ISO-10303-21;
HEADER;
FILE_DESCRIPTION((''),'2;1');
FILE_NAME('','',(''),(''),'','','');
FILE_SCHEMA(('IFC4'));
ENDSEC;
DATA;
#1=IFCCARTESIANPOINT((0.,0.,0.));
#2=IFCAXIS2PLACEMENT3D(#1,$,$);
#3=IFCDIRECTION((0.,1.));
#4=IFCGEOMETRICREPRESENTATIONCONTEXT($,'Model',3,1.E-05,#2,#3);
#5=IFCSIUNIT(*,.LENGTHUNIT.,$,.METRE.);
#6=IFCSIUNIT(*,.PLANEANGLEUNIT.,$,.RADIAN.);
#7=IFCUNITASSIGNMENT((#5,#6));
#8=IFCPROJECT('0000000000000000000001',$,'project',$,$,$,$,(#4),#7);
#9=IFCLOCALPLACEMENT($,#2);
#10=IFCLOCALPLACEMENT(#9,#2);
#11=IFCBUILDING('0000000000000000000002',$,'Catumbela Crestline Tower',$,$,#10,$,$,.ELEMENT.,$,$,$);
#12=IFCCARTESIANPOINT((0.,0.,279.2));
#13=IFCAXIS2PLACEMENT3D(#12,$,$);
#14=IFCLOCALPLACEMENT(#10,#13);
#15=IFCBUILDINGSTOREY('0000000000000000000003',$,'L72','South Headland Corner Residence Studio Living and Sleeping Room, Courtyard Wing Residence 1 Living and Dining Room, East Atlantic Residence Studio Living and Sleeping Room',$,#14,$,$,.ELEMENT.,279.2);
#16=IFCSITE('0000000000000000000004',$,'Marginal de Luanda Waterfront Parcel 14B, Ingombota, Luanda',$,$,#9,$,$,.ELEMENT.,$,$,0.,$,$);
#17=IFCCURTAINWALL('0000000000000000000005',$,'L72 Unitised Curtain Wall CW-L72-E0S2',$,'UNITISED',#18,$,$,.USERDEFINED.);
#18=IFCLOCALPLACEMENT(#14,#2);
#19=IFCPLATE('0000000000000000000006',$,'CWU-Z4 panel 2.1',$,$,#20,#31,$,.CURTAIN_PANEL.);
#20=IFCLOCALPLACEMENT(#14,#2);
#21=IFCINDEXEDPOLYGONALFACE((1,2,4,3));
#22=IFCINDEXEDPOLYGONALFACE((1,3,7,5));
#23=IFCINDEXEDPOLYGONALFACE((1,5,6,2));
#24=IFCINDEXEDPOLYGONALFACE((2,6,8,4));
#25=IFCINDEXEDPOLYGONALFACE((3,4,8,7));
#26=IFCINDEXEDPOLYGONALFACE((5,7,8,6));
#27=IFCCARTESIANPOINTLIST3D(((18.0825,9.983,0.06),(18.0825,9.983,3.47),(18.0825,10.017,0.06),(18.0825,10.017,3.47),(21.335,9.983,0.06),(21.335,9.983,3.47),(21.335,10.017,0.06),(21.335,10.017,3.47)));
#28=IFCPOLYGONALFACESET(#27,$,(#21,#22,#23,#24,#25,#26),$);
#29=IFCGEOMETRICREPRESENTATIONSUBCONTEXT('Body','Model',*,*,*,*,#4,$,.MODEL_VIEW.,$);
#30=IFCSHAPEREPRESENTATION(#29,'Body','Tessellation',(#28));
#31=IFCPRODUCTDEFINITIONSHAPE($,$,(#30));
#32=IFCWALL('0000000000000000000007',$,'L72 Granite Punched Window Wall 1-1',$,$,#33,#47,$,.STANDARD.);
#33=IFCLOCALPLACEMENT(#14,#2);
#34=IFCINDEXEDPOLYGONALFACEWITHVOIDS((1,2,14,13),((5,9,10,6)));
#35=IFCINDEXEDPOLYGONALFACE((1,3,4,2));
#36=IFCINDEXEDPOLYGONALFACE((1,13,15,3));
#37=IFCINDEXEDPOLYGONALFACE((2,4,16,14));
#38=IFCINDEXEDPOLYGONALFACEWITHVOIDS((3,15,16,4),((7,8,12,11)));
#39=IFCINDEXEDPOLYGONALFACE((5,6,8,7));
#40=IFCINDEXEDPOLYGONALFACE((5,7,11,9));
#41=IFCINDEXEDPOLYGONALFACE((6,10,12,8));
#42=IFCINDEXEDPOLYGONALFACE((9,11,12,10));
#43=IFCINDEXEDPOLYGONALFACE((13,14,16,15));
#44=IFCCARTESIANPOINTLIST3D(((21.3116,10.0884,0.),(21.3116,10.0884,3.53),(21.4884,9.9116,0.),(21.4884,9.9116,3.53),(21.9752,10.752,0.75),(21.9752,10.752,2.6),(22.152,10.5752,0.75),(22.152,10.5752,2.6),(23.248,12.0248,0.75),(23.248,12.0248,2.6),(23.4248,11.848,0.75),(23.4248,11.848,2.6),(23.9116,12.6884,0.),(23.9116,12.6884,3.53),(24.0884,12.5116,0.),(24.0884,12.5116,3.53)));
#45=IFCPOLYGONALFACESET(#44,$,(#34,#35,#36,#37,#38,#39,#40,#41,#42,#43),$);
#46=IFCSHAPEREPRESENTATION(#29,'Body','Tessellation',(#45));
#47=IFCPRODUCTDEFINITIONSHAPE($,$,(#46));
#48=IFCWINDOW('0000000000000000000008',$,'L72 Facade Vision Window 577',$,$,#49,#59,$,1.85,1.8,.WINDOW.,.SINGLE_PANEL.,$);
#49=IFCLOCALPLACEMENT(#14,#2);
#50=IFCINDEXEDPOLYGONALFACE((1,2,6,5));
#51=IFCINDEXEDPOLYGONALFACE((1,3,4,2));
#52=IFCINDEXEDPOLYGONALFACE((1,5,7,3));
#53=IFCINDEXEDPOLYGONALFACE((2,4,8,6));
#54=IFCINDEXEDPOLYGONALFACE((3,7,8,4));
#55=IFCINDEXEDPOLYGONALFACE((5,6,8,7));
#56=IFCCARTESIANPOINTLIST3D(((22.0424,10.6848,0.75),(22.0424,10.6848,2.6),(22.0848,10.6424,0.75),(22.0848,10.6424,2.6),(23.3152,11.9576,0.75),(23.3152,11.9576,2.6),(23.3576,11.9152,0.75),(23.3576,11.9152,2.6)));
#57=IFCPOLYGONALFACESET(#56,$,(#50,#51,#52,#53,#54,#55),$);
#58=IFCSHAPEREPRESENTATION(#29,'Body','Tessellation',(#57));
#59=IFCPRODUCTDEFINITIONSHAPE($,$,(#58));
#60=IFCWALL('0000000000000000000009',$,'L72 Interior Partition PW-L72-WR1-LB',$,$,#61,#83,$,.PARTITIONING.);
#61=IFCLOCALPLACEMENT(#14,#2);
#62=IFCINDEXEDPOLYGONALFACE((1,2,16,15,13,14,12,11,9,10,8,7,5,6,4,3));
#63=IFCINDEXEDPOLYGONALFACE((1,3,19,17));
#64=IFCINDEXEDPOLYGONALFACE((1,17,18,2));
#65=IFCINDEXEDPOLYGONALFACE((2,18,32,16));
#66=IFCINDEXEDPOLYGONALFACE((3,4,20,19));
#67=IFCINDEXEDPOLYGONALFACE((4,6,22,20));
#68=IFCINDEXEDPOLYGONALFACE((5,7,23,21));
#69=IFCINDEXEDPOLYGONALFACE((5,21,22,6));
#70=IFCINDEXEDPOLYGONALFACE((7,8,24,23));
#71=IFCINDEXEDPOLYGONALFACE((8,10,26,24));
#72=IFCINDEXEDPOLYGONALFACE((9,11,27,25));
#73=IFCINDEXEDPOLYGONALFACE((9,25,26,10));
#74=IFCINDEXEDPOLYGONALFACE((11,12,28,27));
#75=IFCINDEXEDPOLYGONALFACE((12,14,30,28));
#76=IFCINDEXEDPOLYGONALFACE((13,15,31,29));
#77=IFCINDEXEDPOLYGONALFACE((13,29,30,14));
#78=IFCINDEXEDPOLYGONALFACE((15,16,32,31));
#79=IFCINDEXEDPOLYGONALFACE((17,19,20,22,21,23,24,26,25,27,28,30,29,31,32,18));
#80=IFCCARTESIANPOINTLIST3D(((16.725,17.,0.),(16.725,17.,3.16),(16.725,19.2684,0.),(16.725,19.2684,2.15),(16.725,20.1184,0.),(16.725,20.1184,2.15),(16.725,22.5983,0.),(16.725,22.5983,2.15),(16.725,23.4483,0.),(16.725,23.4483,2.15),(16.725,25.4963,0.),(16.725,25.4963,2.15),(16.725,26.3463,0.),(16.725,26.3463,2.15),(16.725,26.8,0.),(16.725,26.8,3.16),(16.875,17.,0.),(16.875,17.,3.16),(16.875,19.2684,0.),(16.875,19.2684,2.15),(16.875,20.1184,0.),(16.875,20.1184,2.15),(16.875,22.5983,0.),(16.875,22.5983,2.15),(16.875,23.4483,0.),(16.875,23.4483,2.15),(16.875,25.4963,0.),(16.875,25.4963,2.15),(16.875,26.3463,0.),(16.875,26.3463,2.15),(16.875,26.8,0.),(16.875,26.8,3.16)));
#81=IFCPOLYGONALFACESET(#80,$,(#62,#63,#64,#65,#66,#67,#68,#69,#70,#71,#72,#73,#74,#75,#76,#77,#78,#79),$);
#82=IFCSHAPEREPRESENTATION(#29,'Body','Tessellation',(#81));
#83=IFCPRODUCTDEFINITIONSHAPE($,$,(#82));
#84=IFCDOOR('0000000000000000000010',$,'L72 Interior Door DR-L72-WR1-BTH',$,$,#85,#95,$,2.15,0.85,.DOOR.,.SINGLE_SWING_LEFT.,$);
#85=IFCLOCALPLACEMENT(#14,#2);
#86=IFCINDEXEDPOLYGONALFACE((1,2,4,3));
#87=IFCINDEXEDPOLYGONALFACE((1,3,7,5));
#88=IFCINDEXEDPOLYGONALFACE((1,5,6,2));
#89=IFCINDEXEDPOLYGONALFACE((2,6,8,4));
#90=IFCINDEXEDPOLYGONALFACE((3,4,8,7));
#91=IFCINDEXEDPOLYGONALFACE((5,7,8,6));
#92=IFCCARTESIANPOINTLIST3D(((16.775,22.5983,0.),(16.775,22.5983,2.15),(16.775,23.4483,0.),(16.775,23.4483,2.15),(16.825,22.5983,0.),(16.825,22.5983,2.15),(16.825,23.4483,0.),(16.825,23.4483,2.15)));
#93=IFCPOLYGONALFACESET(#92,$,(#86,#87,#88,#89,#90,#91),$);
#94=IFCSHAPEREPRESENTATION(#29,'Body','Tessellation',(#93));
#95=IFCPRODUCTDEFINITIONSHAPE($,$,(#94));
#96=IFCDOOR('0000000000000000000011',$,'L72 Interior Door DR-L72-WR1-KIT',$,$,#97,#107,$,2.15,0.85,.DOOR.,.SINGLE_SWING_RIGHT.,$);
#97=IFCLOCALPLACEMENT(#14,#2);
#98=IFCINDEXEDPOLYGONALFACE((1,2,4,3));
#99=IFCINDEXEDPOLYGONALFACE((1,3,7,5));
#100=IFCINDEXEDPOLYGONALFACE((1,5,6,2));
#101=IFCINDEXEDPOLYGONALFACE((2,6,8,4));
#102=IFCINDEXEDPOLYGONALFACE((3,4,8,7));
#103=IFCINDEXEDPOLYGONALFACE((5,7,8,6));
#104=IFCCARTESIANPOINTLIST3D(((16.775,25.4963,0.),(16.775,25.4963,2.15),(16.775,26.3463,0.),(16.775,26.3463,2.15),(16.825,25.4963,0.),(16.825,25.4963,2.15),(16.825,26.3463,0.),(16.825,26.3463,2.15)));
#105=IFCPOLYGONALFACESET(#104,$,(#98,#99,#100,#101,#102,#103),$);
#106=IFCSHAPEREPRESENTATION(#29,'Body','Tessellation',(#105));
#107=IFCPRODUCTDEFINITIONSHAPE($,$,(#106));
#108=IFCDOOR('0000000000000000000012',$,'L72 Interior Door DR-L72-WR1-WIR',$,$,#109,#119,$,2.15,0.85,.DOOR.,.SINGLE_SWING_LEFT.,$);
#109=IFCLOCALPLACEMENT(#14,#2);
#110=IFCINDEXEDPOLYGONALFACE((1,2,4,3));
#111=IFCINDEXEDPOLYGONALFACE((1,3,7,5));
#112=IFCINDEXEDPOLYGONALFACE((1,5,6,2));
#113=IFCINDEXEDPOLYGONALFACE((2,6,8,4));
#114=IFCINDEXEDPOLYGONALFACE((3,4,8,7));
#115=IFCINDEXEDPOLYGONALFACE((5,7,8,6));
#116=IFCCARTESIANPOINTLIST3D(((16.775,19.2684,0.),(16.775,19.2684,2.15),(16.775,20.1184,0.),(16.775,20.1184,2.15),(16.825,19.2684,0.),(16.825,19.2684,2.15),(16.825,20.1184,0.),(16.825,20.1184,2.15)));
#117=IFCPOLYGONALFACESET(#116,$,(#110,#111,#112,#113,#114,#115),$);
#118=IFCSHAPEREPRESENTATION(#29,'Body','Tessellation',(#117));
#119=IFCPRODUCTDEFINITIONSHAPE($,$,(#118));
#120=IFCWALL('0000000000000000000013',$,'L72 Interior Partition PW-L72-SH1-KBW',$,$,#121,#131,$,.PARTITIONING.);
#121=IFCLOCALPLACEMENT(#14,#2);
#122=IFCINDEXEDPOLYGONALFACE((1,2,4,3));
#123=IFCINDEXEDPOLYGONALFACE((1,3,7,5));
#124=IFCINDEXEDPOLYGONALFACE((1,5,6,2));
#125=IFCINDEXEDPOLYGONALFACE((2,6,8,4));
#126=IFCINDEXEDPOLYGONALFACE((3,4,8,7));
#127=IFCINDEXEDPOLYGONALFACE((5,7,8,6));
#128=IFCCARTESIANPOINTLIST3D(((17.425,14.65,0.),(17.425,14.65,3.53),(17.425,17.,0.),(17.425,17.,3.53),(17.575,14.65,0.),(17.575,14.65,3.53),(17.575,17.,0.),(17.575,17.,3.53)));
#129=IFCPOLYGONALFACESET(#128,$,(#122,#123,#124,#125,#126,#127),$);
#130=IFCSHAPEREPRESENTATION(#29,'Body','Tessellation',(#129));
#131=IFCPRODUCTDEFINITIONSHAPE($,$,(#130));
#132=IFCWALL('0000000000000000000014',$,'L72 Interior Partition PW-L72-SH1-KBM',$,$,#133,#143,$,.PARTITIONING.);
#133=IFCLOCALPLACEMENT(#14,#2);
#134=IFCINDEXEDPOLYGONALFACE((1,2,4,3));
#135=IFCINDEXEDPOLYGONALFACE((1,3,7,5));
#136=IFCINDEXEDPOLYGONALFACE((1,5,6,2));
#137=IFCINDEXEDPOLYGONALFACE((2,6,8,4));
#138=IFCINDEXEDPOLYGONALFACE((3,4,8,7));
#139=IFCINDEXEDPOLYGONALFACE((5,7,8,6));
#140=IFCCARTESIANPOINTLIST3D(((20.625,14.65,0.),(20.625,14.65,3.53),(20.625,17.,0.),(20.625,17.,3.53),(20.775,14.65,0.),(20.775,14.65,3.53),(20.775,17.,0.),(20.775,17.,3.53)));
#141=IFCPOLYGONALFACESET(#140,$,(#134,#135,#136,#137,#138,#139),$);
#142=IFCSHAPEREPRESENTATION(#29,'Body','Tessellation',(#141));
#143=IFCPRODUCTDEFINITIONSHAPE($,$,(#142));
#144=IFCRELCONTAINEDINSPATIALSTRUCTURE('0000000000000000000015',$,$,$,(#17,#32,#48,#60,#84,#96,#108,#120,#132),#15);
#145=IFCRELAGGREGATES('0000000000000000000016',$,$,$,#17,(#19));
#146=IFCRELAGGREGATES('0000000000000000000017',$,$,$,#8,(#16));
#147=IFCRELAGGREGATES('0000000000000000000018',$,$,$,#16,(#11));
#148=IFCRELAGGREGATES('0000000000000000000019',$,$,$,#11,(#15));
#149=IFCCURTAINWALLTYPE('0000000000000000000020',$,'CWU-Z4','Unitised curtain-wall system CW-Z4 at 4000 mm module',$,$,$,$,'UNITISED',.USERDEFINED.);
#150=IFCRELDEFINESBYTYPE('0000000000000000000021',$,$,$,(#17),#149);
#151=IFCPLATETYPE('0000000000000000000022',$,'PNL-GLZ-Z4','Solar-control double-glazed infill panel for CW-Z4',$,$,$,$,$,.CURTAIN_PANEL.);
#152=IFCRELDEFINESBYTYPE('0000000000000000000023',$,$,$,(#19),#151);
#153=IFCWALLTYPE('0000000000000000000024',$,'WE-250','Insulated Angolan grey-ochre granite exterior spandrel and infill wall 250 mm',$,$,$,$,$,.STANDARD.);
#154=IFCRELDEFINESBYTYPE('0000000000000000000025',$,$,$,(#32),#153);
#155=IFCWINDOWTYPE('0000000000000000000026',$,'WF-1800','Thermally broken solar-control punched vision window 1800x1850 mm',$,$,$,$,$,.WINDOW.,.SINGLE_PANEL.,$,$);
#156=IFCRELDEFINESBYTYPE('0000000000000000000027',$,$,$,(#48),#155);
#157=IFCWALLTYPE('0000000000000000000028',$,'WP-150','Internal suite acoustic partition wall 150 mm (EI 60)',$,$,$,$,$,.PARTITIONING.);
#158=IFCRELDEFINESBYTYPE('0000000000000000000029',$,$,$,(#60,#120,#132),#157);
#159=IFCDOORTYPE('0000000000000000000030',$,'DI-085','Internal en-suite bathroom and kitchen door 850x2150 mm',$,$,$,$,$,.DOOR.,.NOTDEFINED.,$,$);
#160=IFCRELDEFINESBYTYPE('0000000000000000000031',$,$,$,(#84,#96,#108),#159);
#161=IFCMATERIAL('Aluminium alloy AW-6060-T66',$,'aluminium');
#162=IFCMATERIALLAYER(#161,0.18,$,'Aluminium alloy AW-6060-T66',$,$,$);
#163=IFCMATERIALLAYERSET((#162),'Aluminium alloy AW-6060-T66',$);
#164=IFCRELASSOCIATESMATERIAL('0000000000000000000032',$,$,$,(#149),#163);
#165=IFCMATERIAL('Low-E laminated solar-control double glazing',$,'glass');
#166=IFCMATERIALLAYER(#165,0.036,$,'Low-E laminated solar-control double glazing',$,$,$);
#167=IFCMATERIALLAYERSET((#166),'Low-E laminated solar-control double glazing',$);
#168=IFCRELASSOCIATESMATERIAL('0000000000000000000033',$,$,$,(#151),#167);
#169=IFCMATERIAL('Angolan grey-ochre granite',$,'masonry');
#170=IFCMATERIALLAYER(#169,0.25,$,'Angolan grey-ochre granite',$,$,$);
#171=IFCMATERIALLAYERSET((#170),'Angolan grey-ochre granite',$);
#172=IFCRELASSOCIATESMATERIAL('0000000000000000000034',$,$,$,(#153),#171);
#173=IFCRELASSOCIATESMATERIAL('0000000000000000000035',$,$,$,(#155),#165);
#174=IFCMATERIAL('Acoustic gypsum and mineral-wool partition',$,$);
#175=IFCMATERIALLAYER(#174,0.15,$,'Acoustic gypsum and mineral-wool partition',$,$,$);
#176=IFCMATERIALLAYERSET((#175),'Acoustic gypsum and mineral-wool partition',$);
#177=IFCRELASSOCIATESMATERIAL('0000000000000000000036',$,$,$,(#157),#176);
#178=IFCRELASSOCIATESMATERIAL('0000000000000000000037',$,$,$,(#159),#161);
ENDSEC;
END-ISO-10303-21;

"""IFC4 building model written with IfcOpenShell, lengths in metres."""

from ifc_helpers import new_model, si_unit, direction, frame, frame_2d, origin, origin_2d, place, context, subcontext, project, spatial, rectangle, extrude, material, layer, layer_set, type_object, element, fill, aggregate, save


model = new_model("IFC4")

# Units and contexts
model_context = context("Model", 3, precision=1e-05, world=origin(), true_north=direction((0.0, 1.0)))
body_context = subcontext(model_context, "Body", "Model", "MODEL_VIEW")
ifc_project = project(units=[si_unit("LENGTHUNIT", "METRE"), si_unit("PLANEANGLEUNIT", "RADIAN")], contexts=[model_context])

# Site, building, storey
site_placement = place(None, origin())
site = spatial("IfcSite", under=ifc_project, at=site_placement, Name="Marginal de Luanda Waterfront Parcel 14B, Ingombota, Luanda", CompositionType="ELEMENT", RefElevation=0.0)
building_placement = place(site_placement, origin())
building = spatial("IfcBuilding", under=site, at=building_placement, Name="Catumbela Crestline Tower", CompositionType="ELEMENT")
storey_placement = place(building_placement, frame((0.0, 0.0, 279.2)))
storey = spatial("IfcBuildingStorey", under=building, at=storey_placement, Name="L72", Description="South Headland Corner Residence Studio Living and Sleeping Room, Courtyard Wing Residence 1 Living and Dining Room, East Atlantic Residence Studio Living and Sleeping Room", CompositionType="ELEMENT", Elevation=279.2)

# Curtain wall, plate
ifc_material_1 = material(Name="Aluminium alloy AW-6060-T66", Category="aluminium")
ifc_layer_1 = layer(ifc_material_1, 0.18, Name="Aluminium alloy AW-6060-T66")
ifc_layer_set_1 = layer_set([ifc_layer_1], Name="Aluminium alloy AW-6060-T66")
curtain_wall_type = type_object("IfcCurtainWallType", Name="CWU-Z4", Description="Unitised curtain-wall system CW-Z4 at 4000 mm module", ElementType="UNITISED", PredefinedType="USERDEFINED", material=ifc_layer_set_1)
curtain_wall_placement = place(storey_placement, origin())
curtain_wall = element("IfcCurtainWall", 1, at=curtain_wall_placement, inside=storey, type_object=curtain_wall_type, Name="L72 Unitised Curtain Wall CW-L72-E0S2", ObjectType="UNITISED", PredefinedType="USERDEFINED")
ifc_material_2 = material(Name="Low-E laminated solar-control double glazing", Category="glass")
ifc_layer_2 = layer(ifc_material_2, 0.036, Name="Low-E laminated solar-control double glazing")
ifc_layer_set_2 = layer_set([ifc_layer_2], Name="Low-E laminated solar-control double glazing")
plate_type = type_object("IfcPlateType", Name="PNL-GLZ-Z4", Description="Solar-control double-glazed infill panel for CW-Z4", PredefinedType="CURTAIN_PANEL", material=ifc_layer_set_2)
plate_1_placement = place(storey_placement, frame((19.7087, 10.0, 0.06), z_axis=(0.0, 0.0, 1.0), x_axis=(1.0, 0.0, 0.0)))
plate_1 = element("IfcPlate", 2, at=plate_1_placement, type_object=plate_type, Name="CWU-Z4 panel 2.1", PredefinedType="CURTAIN_PANEL", context=body_context, shape_type="SweptSolid", body=[
    extrude(rectangle(XDim=3.2525, YDim=0.034, at=origin_2d()), origin(), (0.0, 0.0, 1.0), 3.41),
])
aggregate(curtain_wall, [plate_1])

# Wall, opening, window
ifc_material_3 = material(Name="Angolan grey-ochre granite", Category="masonry")
ifc_layer_3 = layer(ifc_material_3, 0.25, Name="Angolan grey-ochre granite")
ifc_layer_set_3 = layer_set([ifc_layer_3], Name="Angolan grey-ochre granite")
wall_type_1 = type_object("IfcWallType", Name="WE-250", Description="Insulated Angolan grey-ochre granite exterior spandrel and infill wall 250 mm", PredefinedType="STANDARD", material=ifc_layer_set_3)
wall_1_placement = place(storey_placement, frame((21.4, 10.0, 0.0), z_axis=(0.0, 0.0, 1.0), x_axis=(0.707107, 0.707107, 0.0)))
wall_1 = element("IfcWall", 3, at=wall_1_placement, inside=storey, type_object=wall_type_1, Name="L72 Granite Punched Window Wall 1-1", PredefinedType="STANDARD", context=body_context, shape_type="SweptSolid", body=[
    extrude(rectangle(XDim=3.677, YDim=0.25, at=frame_2d((1.8385, 0.0))), origin(), (0.0, 0.0, 1.0), 3.53),
])
opening_1_placement = place(wall_1_placement, frame((0.9385, 0.0, 0.75)))
opening_1 = element("IfcOpeningElement", 4, at=opening_1_placement, cuts=wall_1, PredefinedType="OPENING", context=body_context, shape_type="SweptSolid", body=[
    extrude(rectangle(XDim=1.8, YDim=1.85, at=frame_2d((0.9, 0.925))), frame((0.0, 0.135, 0.0), z_axis=(0.0, -1.0, 0.0), x_axis=(1.0, 0.0, 0.0)), (0.0, 0.0, 1.0), 0.27),
])
window_type = type_object("IfcWindowType", Name="WF-1800", Description="Thermally broken solar-control punched vision window 1800x1850 mm", PartitioningType="SINGLE_PANEL", PredefinedType="WINDOW", material=ifc_material_2)
window_placement = place(opening_1_placement, origin())
window = element("IfcWindow", 5, at=window_placement, inside=storey, type_object=window_type, Name="L72 Facade Vision Window 577", OverallHeight=1.85, OverallWidth=1.8, PartitioningType="SINGLE_PANEL", PredefinedType="WINDOW", context=body_context, shape_type="SweptSolid", body=[
    extrude(rectangle(XDim=1.8, YDim=1.85, at=frame_2d((0.9, 0.925))), frame((0.0, 0.03, 0.0), z_axis=(0.0, -1.0, 0.0), x_axis=(1.0, 0.0, 0.0)), (0.0, 0.0, 1.0), 0.06),
])
fill(opening_1, window)

# Wall, openings, doors
ifc_material_4 = material(Name="Acoustic gypsum and mineral-wool partition")
ifc_layer_4 = layer(ifc_material_4, 0.15, Name="Acoustic gypsum and mineral-wool partition")
ifc_layer_set_4 = layer_set([ifc_layer_4], Name="Acoustic gypsum and mineral-wool partition")
wall_type_2 = type_object("IfcWallType", Name="WP-150", Description="Internal suite acoustic partition wall 150 mm (EI 60)", PredefinedType="PARTITIONING", material=ifc_layer_set_4)
wall_2_placement = place(storey_placement, frame((16.8, 17.0, 0.0), z_axis=(0.0, 0.0, 1.0), x_axis=(0.0, 1.0, 0.0)))
wall_2 = element("IfcWall", 6, at=wall_2_placement, inside=storey, type_object=wall_type_2, Name="L72 Interior Partition PW-L72-WR1-LB", PredefinedType="PARTITIONING", context=body_context, shape_type="SweptSolid", body=[
    extrude(rectangle(XDim=9.8, YDim=0.15, at=frame_2d((4.9, 0.0))), origin(), (0.0, 0.0, 1.0), 3.16),
])
opening_2_placement = place(wall_2_placement, frame((5.5983, 0.0, 0.0)))
opening_2 = element("IfcOpeningElement", 7, at=opening_2_placement, cuts=wall_2, PredefinedType="OPENING", context=body_context, shape_type="SweptSolid", body=[
    extrude(rectangle(XDim=0.85, YDim=2.15, at=frame_2d((0.425, 1.075))), frame((0.0, 0.085, 0.0), z_axis=(0.0, -1.0, 0.0), x_axis=(1.0, 0.0, 0.0)), (0.0, 0.0, 1.0), 0.17),
])
opening_3_placement = place(wall_2_placement, frame((8.4963, 0.0, 0.0)))
opening_3 = element("IfcOpeningElement", 8, at=opening_3_placement, cuts=wall_2, PredefinedType="OPENING", context=body_context, shape_type="SweptSolid", body=[
    extrude(rectangle(XDim=0.85, YDim=2.15, at=frame_2d((0.425, 1.075))), frame((0.0, 0.085, 0.0), z_axis=(0.0, -1.0, 0.0), x_axis=(1.0, 0.0, 0.0)), (0.0, 0.0, 1.0), 0.17),
])
opening_4_placement = place(wall_2_placement, frame((2.2684, 0.0, 0.0)))
opening_4 = element("IfcOpeningElement", 9, at=opening_4_placement, cuts=wall_2, PredefinedType="OPENING", context=body_context, shape_type="SweptSolid", body=[
    extrude(rectangle(XDim=0.85, YDim=2.15, at=frame_2d((0.425, 1.075))), frame((0.0, 0.085, 0.0), z_axis=(0.0, -1.0, 0.0), x_axis=(1.0, 0.0, 0.0)), (0.0, 0.0, 1.0), 0.17),
])
door_type = type_object("IfcDoorType", Name="DI-085", Description="Internal en-suite bathroom and kitchen door 850x2150 mm", OperationType="NOTDEFINED", PredefinedType="DOOR", material=ifc_material_1)
door_1_placement = place(opening_2_placement, origin())
door_1 = element("IfcDoor", 10, at=door_1_placement, inside=storey, type_object=door_type, Name="L72 Interior Door DR-L72-WR1-BTH", OperationType="SINGLE_SWING_LEFT", OverallHeight=2.15, OverallWidth=0.85, PredefinedType="DOOR", context=body_context, shape_type="SweptSolid", body=[
    extrude(rectangle(XDim=0.85, YDim=2.15, at=frame_2d((0.425, 1.075))), frame((0.0, 0.025, 0.0), z_axis=(0.0, -1.0, 0.0), x_axis=(1.0, 0.0, 0.0)), (0.0, 0.0, 1.0), 0.05),
])
fill(opening_2, door_1)
door_2_placement = place(opening_3_placement, origin())
door_2 = element("IfcDoor", 11, at=door_2_placement, inside=storey, type_object=door_type, Name="L72 Interior Door DR-L72-WR1-KIT", OperationType="SINGLE_SWING_RIGHT", OverallHeight=2.15, OverallWidth=0.85, PredefinedType="DOOR", context=body_context, shape_type="SweptSolid", body=[
    extrude(rectangle(XDim=0.85, YDim=2.15, at=frame_2d((0.425, 1.075))), frame((0.0, 0.025, 0.0), z_axis=(0.0, -1.0, 0.0), x_axis=(1.0, 0.0, 0.0)), (0.0, 0.0, 1.0), 0.05),
])
fill(opening_3, door_2)
door_3_placement = place(opening_4_placement, origin())
door_3 = element("IfcDoor", 12, at=door_3_placement, inside=storey, type_object=door_type, Name="L72 Interior Door DR-L72-WR1-WIR", OperationType="SINGLE_SWING_LEFT", OverallHeight=2.15, OverallWidth=0.85, PredefinedType="DOOR", context=body_context, shape_type="SweptSolid", body=[
    extrude(rectangle(XDim=0.85, YDim=2.15, at=frame_2d((0.425, 1.075))), frame((0.0, 0.025, 0.0), z_axis=(0.0, -1.0, 0.0), x_axis=(1.0, 0.0, 0.0)), (0.0, 0.0, 1.0), 0.05),
])
fill(opening_4, door_3)

# Walls
for number, where, z_axis, x_axis, name in (
    (13, (17.5, 14.65, 0.0), (0.0, 0.0, 1.0), (0.0, 1.0, 0.0), "L72 Interior Partition PW-L72-SH1-KBW"),
    (14, (20.7, 14.65, 0.0), (0.0, 0.0, 1.0), (0.0, 1.0, 0.0), "L72 Interior Partition PW-L72-SH1-KBM"),
):
    element("IfcWall", number, at=place(storey_placement, frame(where, z_axis=z_axis, x_axis=x_axis)), inside=storey, type_object=wall_type_2, Name=name, PredefinedType="PARTITIONING", context=body_context, shape_type="SweptSolid", body=[
        extrude(rectangle(XDim=2.35, YDim=0.15, at=frame_2d((1.175, 0.0))), origin(), (0.0, 0.0, 1.0), 3.53),
    ])

save(model, "model.ifc")
